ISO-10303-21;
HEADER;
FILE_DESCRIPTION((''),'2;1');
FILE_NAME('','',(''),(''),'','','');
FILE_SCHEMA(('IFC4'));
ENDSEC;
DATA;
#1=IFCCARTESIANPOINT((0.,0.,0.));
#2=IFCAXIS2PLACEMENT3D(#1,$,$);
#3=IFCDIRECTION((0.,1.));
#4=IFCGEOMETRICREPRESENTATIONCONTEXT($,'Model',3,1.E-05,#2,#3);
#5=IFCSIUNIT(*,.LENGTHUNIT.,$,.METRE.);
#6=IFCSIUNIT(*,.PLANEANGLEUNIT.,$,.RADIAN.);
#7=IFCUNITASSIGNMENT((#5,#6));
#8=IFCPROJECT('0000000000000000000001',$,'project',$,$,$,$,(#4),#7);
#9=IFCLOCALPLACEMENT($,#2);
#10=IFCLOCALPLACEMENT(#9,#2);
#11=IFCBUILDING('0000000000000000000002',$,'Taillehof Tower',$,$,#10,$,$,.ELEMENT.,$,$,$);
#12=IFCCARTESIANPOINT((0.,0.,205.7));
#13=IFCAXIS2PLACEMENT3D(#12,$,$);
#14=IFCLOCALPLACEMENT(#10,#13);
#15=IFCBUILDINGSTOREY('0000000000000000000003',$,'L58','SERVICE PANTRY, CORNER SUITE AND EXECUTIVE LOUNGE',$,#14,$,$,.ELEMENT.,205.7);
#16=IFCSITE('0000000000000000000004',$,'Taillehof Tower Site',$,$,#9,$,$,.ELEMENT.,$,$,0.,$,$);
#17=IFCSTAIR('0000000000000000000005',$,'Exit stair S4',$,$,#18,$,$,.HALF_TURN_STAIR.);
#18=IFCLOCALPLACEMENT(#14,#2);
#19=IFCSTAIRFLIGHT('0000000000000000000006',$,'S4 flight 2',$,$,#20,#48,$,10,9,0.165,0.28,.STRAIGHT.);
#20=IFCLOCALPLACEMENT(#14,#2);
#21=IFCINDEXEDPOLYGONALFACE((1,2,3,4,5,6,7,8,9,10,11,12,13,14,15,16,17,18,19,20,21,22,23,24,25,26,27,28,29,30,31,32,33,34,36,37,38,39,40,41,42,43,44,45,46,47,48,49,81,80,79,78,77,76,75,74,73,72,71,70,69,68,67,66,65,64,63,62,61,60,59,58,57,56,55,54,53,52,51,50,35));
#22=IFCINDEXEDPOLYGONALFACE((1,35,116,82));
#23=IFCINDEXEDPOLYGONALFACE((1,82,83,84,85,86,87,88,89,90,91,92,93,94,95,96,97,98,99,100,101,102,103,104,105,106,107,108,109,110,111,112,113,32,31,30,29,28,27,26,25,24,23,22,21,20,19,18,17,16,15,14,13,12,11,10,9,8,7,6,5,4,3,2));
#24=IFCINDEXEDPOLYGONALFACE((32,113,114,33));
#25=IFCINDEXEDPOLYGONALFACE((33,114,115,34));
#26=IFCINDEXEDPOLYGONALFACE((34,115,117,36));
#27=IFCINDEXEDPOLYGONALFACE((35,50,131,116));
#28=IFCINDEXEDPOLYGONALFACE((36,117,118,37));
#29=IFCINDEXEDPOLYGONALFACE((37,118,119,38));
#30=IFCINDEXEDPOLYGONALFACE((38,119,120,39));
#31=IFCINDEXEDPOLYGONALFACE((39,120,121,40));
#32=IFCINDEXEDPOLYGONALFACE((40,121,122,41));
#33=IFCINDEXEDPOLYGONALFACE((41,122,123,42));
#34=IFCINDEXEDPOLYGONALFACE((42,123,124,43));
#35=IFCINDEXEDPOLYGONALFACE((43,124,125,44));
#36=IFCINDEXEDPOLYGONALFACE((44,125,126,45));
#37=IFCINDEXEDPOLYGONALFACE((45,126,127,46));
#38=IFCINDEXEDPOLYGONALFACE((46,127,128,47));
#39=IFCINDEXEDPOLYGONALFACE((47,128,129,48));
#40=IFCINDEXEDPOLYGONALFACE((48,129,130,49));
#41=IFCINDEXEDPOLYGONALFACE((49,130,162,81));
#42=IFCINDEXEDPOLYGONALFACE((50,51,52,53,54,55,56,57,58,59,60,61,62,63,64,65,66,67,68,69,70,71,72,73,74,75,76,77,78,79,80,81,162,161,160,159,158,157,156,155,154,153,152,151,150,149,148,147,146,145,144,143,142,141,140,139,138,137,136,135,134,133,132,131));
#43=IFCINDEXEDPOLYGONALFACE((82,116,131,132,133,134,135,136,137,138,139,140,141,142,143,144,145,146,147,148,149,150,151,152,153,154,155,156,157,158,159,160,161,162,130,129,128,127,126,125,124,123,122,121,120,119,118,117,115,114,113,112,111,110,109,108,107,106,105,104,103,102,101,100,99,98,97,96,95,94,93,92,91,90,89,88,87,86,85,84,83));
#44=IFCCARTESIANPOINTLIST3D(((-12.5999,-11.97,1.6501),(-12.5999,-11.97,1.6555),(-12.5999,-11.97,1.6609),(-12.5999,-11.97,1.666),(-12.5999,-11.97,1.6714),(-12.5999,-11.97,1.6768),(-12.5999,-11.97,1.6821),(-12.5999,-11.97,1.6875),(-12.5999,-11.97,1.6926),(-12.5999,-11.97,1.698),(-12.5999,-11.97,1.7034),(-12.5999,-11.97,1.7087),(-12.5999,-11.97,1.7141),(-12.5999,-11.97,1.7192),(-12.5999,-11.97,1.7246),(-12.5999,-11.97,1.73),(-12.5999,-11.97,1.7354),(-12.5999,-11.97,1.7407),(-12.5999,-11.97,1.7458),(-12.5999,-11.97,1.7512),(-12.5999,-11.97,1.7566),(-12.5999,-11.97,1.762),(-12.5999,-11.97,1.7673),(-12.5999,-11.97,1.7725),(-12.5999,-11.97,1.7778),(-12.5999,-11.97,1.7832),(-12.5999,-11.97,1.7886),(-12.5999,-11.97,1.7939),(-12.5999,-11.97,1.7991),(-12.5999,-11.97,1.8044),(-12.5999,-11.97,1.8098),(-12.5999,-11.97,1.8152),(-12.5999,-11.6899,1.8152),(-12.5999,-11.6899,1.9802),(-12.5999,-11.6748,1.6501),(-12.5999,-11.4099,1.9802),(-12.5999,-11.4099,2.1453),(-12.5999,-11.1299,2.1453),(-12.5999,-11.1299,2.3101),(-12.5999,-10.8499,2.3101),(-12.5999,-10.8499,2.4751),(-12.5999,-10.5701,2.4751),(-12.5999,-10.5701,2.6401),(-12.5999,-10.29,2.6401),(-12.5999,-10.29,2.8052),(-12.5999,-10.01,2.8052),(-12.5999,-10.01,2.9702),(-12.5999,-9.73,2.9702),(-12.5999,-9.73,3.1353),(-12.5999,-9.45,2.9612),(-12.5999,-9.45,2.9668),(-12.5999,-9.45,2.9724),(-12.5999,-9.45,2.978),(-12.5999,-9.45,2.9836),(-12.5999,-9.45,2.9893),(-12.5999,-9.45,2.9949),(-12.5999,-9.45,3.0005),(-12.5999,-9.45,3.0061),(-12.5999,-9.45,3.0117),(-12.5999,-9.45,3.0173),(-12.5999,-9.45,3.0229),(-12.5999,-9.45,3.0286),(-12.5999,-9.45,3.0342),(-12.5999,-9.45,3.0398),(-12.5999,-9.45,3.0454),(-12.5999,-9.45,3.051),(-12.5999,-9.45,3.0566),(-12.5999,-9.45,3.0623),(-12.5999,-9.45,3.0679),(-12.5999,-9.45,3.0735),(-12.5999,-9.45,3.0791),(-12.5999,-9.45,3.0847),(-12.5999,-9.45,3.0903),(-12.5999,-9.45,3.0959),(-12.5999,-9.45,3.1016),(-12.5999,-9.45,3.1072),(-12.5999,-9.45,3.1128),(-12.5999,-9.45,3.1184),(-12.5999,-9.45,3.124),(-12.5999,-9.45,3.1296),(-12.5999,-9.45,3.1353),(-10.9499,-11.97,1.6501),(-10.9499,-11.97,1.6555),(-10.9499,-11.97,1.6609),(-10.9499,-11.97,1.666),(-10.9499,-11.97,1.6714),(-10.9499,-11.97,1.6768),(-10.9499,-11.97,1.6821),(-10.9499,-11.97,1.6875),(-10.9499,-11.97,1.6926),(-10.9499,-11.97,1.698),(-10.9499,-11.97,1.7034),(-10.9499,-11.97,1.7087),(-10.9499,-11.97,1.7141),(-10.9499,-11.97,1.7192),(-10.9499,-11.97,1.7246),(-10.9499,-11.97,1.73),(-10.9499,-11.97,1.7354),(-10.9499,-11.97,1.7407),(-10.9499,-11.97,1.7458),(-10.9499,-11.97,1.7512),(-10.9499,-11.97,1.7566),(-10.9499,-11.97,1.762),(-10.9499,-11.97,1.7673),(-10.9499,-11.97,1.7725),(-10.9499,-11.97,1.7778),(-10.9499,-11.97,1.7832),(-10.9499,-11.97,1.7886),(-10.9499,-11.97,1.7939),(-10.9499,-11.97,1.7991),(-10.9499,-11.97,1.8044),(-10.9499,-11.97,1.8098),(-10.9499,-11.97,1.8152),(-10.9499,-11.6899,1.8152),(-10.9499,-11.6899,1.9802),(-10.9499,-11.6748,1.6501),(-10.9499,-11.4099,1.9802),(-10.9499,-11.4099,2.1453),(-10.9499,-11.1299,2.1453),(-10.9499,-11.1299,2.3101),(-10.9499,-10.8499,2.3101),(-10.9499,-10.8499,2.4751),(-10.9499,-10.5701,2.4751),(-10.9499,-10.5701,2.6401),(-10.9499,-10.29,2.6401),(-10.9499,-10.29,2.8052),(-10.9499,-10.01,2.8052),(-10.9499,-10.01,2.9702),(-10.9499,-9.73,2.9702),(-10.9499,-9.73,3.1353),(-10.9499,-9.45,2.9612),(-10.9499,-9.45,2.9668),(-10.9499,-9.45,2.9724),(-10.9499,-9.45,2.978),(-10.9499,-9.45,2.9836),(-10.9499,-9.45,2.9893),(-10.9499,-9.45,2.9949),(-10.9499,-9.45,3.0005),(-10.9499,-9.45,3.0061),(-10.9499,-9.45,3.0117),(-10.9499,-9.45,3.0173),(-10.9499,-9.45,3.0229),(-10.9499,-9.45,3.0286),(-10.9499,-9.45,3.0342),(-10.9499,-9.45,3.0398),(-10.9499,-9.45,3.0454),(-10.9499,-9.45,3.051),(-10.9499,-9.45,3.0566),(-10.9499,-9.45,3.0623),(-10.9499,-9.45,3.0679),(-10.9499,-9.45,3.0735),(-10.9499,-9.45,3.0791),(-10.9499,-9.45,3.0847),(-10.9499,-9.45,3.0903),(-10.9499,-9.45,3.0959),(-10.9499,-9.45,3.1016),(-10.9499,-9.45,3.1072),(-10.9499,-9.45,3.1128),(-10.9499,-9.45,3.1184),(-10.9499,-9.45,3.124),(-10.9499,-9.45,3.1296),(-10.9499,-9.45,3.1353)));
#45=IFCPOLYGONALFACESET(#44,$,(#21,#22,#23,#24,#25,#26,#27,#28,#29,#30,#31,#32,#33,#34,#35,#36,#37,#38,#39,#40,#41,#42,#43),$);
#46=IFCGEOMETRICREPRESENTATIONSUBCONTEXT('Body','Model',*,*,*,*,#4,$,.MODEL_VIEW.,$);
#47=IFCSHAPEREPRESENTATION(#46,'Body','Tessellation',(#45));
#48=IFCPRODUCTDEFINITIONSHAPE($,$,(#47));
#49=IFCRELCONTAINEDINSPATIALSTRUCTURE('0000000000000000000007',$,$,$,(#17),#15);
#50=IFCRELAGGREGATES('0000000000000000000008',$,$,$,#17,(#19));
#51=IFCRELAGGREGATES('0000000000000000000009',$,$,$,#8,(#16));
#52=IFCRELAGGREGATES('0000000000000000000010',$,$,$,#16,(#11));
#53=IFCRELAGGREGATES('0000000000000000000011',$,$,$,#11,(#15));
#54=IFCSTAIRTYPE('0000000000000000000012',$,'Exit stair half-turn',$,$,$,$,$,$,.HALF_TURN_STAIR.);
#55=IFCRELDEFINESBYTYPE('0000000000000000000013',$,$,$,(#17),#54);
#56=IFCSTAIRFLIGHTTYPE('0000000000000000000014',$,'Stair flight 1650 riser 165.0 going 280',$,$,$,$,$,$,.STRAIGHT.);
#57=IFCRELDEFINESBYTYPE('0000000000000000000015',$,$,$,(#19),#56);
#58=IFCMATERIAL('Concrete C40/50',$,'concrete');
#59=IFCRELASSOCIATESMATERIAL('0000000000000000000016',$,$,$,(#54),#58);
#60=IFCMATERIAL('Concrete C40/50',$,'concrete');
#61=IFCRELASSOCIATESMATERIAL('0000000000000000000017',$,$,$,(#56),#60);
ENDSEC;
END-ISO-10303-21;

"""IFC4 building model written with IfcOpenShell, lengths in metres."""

from ifc_helpers import new_model, si_unit, direction, frame, origin, place, context, subcontext, project, spatial, polyline, outline, extrude, material, type_object, element, aggregate, save


model = new_model("IFC4")

# Units and contexts
model_context = context("Model", 3, precision=1e-05, world=origin(), true_north=direction((0.0, 1.0)))
body_context = subcontext(model_context, "Body", "Model", "MODEL_VIEW")
ifc_project = project(units=[si_unit("LENGTHUNIT", "METRE"), si_unit("PLANEANGLEUNIT", "RADIAN")], contexts=[model_context])

# Site, building, storey
site_placement = place(None, origin())
site = spatial("IfcSite", under=ifc_project, at=site_placement, Name="Taillehof Tower Site", CompositionType="ELEMENT", RefElevation=0.0)
building_placement = place(site_placement, origin())
building = spatial("IfcBuilding", under=site, at=building_placement, Name="Taillehof Tower", CompositionType="ELEMENT")
storey_placement = place(building_placement, frame((0.0, 0.0, 205.7)))
storey = spatial("IfcBuildingStorey", under=building, at=storey_placement, Name="L58", Description="SERVICE PANTRY, CORNER SUITE AND EXECUTIVE LOUNGE", CompositionType="ELEMENT", Elevation=205.7)

# Stair, stair flight
ifc_material_1 = material(Name="Concrete C40/50", Category="concrete")
stair_type = type_object("IfcStairType", Name="Exit stair half-turn", PredefinedType="HALF_TURN_STAIR", material=ifc_material_1)
stair_placement = place(storey_placement, origin())
stair = element("IfcStair", 1, at=stair_placement, inside=storey, type_object=stair_type, Name="Exit stair S4", PredefinedType="HALF_TURN_STAIR")
ifc_material_2 = material(Name="Concrete C40/50", Category="concrete")
stair_flight_type = type_object("IfcStairFlightType", Name="Stair flight 1650 riser 165.0 going 280", PredefinedType="STRAIGHT", material=ifc_material_2)
stair_flight_placement = place(storey_placement, frame((-11.7749, -11.97, 1.6501), z_axis=(0.0, 0.0, 1.0), x_axis=(0.0, 1.0, 0.0)))
stair_flight = element("IfcStairFlight", 2, at=stair_flight_placement, type_object=stair_flight_type, Name="S4 flight 2", NumberOfRisers=10, NumberOfTreads=9, PredefinedType="STRAIGHT", RiserHeight=0.165, TreadLength=0.28, context=body_context, shape_type="SweptSolid", body=[
    extrude(outline(polyline([(0.0, 0.0), (0.0, 0.0054), (0.0, 0.0107), (0.0, 0.0159), (0.0, 0.0212), (0.0, 0.0266), (0.0, 0.032), (0.0, 0.0374), (0.0, 0.0425), (0.0, 0.0479), (0.0, 0.0532), (0.0, 0.0586), (0.0, 0.064), (0.0, 0.0691), (0.0, 0.0745), (0.0, 0.0798), (0.0, 0.0852), (0.0, 0.0906), (0.0, 0.0957), (0.0, 0.1011), (0.0, 0.1064), (0.0, 0.1118), (0.0, 0.1172), (0.0, 0.1223), (0.0, 0.1277), (0.0, 0.1331), (0.0, 0.1384), (0.0, 0.1438), (0.0, 0.1489), (0.0, 0.1543), (0.0, 0.1597), (0.0, 0.165), (0.28, 0.165), (0.28, 0.3301), (0.5601, 0.3301), (0.5601, 0.4951), (0.8401, 0.4951), (0.8401, 0.6599), (1.1201, 0.6599), (1.1201, 0.825), (1.3999, 0.825), (1.3999, 0.99), (1.6799, 0.99), (1.6799, 1.155), (1.96, 1.155), (1.96, 1.3201), (2.24, 1.3201), (2.24, 1.4851), (2.52, 1.4851), (2.52, 1.4795), (2.52, 1.4739), (2.52, 1.4683), (2.52, 1.4626), (2.52, 1.457), (2.52, 1.4514), (2.52, 1.4458), (2.52, 1.4402), (2.52, 1.4346), (2.52, 1.429), (2.52, 1.4233), (2.52, 1.4177), (2.52, 1.4121), (2.52, 1.4065), (2.52, 1.4009), (2.52, 1.3953), (2.52, 1.3896), (2.52, 1.384), (2.52, 1.3784), (2.52, 1.3728), (2.52, 1.3672), (2.52, 1.3616), (2.52, 1.356), (2.52, 1.3503), (2.52, 1.3447), (2.52, 1.3391), (2.52, 1.3335), (2.52, 1.3279), (2.52, 1.3223), (2.52, 1.3167), (2.52, 1.311), (0.2952, 0.0), (0.0, 0.0)])), frame((0.0, 0.825, 0.0), z_axis=(0.0, -1.0, 0.0), x_axis=(1.0, 0.0, 0.0)), (0.0, 0.0, 1.0), 1.65),
])
aggregate(stair, [stair_flight])

save(model, "model.ifc")
